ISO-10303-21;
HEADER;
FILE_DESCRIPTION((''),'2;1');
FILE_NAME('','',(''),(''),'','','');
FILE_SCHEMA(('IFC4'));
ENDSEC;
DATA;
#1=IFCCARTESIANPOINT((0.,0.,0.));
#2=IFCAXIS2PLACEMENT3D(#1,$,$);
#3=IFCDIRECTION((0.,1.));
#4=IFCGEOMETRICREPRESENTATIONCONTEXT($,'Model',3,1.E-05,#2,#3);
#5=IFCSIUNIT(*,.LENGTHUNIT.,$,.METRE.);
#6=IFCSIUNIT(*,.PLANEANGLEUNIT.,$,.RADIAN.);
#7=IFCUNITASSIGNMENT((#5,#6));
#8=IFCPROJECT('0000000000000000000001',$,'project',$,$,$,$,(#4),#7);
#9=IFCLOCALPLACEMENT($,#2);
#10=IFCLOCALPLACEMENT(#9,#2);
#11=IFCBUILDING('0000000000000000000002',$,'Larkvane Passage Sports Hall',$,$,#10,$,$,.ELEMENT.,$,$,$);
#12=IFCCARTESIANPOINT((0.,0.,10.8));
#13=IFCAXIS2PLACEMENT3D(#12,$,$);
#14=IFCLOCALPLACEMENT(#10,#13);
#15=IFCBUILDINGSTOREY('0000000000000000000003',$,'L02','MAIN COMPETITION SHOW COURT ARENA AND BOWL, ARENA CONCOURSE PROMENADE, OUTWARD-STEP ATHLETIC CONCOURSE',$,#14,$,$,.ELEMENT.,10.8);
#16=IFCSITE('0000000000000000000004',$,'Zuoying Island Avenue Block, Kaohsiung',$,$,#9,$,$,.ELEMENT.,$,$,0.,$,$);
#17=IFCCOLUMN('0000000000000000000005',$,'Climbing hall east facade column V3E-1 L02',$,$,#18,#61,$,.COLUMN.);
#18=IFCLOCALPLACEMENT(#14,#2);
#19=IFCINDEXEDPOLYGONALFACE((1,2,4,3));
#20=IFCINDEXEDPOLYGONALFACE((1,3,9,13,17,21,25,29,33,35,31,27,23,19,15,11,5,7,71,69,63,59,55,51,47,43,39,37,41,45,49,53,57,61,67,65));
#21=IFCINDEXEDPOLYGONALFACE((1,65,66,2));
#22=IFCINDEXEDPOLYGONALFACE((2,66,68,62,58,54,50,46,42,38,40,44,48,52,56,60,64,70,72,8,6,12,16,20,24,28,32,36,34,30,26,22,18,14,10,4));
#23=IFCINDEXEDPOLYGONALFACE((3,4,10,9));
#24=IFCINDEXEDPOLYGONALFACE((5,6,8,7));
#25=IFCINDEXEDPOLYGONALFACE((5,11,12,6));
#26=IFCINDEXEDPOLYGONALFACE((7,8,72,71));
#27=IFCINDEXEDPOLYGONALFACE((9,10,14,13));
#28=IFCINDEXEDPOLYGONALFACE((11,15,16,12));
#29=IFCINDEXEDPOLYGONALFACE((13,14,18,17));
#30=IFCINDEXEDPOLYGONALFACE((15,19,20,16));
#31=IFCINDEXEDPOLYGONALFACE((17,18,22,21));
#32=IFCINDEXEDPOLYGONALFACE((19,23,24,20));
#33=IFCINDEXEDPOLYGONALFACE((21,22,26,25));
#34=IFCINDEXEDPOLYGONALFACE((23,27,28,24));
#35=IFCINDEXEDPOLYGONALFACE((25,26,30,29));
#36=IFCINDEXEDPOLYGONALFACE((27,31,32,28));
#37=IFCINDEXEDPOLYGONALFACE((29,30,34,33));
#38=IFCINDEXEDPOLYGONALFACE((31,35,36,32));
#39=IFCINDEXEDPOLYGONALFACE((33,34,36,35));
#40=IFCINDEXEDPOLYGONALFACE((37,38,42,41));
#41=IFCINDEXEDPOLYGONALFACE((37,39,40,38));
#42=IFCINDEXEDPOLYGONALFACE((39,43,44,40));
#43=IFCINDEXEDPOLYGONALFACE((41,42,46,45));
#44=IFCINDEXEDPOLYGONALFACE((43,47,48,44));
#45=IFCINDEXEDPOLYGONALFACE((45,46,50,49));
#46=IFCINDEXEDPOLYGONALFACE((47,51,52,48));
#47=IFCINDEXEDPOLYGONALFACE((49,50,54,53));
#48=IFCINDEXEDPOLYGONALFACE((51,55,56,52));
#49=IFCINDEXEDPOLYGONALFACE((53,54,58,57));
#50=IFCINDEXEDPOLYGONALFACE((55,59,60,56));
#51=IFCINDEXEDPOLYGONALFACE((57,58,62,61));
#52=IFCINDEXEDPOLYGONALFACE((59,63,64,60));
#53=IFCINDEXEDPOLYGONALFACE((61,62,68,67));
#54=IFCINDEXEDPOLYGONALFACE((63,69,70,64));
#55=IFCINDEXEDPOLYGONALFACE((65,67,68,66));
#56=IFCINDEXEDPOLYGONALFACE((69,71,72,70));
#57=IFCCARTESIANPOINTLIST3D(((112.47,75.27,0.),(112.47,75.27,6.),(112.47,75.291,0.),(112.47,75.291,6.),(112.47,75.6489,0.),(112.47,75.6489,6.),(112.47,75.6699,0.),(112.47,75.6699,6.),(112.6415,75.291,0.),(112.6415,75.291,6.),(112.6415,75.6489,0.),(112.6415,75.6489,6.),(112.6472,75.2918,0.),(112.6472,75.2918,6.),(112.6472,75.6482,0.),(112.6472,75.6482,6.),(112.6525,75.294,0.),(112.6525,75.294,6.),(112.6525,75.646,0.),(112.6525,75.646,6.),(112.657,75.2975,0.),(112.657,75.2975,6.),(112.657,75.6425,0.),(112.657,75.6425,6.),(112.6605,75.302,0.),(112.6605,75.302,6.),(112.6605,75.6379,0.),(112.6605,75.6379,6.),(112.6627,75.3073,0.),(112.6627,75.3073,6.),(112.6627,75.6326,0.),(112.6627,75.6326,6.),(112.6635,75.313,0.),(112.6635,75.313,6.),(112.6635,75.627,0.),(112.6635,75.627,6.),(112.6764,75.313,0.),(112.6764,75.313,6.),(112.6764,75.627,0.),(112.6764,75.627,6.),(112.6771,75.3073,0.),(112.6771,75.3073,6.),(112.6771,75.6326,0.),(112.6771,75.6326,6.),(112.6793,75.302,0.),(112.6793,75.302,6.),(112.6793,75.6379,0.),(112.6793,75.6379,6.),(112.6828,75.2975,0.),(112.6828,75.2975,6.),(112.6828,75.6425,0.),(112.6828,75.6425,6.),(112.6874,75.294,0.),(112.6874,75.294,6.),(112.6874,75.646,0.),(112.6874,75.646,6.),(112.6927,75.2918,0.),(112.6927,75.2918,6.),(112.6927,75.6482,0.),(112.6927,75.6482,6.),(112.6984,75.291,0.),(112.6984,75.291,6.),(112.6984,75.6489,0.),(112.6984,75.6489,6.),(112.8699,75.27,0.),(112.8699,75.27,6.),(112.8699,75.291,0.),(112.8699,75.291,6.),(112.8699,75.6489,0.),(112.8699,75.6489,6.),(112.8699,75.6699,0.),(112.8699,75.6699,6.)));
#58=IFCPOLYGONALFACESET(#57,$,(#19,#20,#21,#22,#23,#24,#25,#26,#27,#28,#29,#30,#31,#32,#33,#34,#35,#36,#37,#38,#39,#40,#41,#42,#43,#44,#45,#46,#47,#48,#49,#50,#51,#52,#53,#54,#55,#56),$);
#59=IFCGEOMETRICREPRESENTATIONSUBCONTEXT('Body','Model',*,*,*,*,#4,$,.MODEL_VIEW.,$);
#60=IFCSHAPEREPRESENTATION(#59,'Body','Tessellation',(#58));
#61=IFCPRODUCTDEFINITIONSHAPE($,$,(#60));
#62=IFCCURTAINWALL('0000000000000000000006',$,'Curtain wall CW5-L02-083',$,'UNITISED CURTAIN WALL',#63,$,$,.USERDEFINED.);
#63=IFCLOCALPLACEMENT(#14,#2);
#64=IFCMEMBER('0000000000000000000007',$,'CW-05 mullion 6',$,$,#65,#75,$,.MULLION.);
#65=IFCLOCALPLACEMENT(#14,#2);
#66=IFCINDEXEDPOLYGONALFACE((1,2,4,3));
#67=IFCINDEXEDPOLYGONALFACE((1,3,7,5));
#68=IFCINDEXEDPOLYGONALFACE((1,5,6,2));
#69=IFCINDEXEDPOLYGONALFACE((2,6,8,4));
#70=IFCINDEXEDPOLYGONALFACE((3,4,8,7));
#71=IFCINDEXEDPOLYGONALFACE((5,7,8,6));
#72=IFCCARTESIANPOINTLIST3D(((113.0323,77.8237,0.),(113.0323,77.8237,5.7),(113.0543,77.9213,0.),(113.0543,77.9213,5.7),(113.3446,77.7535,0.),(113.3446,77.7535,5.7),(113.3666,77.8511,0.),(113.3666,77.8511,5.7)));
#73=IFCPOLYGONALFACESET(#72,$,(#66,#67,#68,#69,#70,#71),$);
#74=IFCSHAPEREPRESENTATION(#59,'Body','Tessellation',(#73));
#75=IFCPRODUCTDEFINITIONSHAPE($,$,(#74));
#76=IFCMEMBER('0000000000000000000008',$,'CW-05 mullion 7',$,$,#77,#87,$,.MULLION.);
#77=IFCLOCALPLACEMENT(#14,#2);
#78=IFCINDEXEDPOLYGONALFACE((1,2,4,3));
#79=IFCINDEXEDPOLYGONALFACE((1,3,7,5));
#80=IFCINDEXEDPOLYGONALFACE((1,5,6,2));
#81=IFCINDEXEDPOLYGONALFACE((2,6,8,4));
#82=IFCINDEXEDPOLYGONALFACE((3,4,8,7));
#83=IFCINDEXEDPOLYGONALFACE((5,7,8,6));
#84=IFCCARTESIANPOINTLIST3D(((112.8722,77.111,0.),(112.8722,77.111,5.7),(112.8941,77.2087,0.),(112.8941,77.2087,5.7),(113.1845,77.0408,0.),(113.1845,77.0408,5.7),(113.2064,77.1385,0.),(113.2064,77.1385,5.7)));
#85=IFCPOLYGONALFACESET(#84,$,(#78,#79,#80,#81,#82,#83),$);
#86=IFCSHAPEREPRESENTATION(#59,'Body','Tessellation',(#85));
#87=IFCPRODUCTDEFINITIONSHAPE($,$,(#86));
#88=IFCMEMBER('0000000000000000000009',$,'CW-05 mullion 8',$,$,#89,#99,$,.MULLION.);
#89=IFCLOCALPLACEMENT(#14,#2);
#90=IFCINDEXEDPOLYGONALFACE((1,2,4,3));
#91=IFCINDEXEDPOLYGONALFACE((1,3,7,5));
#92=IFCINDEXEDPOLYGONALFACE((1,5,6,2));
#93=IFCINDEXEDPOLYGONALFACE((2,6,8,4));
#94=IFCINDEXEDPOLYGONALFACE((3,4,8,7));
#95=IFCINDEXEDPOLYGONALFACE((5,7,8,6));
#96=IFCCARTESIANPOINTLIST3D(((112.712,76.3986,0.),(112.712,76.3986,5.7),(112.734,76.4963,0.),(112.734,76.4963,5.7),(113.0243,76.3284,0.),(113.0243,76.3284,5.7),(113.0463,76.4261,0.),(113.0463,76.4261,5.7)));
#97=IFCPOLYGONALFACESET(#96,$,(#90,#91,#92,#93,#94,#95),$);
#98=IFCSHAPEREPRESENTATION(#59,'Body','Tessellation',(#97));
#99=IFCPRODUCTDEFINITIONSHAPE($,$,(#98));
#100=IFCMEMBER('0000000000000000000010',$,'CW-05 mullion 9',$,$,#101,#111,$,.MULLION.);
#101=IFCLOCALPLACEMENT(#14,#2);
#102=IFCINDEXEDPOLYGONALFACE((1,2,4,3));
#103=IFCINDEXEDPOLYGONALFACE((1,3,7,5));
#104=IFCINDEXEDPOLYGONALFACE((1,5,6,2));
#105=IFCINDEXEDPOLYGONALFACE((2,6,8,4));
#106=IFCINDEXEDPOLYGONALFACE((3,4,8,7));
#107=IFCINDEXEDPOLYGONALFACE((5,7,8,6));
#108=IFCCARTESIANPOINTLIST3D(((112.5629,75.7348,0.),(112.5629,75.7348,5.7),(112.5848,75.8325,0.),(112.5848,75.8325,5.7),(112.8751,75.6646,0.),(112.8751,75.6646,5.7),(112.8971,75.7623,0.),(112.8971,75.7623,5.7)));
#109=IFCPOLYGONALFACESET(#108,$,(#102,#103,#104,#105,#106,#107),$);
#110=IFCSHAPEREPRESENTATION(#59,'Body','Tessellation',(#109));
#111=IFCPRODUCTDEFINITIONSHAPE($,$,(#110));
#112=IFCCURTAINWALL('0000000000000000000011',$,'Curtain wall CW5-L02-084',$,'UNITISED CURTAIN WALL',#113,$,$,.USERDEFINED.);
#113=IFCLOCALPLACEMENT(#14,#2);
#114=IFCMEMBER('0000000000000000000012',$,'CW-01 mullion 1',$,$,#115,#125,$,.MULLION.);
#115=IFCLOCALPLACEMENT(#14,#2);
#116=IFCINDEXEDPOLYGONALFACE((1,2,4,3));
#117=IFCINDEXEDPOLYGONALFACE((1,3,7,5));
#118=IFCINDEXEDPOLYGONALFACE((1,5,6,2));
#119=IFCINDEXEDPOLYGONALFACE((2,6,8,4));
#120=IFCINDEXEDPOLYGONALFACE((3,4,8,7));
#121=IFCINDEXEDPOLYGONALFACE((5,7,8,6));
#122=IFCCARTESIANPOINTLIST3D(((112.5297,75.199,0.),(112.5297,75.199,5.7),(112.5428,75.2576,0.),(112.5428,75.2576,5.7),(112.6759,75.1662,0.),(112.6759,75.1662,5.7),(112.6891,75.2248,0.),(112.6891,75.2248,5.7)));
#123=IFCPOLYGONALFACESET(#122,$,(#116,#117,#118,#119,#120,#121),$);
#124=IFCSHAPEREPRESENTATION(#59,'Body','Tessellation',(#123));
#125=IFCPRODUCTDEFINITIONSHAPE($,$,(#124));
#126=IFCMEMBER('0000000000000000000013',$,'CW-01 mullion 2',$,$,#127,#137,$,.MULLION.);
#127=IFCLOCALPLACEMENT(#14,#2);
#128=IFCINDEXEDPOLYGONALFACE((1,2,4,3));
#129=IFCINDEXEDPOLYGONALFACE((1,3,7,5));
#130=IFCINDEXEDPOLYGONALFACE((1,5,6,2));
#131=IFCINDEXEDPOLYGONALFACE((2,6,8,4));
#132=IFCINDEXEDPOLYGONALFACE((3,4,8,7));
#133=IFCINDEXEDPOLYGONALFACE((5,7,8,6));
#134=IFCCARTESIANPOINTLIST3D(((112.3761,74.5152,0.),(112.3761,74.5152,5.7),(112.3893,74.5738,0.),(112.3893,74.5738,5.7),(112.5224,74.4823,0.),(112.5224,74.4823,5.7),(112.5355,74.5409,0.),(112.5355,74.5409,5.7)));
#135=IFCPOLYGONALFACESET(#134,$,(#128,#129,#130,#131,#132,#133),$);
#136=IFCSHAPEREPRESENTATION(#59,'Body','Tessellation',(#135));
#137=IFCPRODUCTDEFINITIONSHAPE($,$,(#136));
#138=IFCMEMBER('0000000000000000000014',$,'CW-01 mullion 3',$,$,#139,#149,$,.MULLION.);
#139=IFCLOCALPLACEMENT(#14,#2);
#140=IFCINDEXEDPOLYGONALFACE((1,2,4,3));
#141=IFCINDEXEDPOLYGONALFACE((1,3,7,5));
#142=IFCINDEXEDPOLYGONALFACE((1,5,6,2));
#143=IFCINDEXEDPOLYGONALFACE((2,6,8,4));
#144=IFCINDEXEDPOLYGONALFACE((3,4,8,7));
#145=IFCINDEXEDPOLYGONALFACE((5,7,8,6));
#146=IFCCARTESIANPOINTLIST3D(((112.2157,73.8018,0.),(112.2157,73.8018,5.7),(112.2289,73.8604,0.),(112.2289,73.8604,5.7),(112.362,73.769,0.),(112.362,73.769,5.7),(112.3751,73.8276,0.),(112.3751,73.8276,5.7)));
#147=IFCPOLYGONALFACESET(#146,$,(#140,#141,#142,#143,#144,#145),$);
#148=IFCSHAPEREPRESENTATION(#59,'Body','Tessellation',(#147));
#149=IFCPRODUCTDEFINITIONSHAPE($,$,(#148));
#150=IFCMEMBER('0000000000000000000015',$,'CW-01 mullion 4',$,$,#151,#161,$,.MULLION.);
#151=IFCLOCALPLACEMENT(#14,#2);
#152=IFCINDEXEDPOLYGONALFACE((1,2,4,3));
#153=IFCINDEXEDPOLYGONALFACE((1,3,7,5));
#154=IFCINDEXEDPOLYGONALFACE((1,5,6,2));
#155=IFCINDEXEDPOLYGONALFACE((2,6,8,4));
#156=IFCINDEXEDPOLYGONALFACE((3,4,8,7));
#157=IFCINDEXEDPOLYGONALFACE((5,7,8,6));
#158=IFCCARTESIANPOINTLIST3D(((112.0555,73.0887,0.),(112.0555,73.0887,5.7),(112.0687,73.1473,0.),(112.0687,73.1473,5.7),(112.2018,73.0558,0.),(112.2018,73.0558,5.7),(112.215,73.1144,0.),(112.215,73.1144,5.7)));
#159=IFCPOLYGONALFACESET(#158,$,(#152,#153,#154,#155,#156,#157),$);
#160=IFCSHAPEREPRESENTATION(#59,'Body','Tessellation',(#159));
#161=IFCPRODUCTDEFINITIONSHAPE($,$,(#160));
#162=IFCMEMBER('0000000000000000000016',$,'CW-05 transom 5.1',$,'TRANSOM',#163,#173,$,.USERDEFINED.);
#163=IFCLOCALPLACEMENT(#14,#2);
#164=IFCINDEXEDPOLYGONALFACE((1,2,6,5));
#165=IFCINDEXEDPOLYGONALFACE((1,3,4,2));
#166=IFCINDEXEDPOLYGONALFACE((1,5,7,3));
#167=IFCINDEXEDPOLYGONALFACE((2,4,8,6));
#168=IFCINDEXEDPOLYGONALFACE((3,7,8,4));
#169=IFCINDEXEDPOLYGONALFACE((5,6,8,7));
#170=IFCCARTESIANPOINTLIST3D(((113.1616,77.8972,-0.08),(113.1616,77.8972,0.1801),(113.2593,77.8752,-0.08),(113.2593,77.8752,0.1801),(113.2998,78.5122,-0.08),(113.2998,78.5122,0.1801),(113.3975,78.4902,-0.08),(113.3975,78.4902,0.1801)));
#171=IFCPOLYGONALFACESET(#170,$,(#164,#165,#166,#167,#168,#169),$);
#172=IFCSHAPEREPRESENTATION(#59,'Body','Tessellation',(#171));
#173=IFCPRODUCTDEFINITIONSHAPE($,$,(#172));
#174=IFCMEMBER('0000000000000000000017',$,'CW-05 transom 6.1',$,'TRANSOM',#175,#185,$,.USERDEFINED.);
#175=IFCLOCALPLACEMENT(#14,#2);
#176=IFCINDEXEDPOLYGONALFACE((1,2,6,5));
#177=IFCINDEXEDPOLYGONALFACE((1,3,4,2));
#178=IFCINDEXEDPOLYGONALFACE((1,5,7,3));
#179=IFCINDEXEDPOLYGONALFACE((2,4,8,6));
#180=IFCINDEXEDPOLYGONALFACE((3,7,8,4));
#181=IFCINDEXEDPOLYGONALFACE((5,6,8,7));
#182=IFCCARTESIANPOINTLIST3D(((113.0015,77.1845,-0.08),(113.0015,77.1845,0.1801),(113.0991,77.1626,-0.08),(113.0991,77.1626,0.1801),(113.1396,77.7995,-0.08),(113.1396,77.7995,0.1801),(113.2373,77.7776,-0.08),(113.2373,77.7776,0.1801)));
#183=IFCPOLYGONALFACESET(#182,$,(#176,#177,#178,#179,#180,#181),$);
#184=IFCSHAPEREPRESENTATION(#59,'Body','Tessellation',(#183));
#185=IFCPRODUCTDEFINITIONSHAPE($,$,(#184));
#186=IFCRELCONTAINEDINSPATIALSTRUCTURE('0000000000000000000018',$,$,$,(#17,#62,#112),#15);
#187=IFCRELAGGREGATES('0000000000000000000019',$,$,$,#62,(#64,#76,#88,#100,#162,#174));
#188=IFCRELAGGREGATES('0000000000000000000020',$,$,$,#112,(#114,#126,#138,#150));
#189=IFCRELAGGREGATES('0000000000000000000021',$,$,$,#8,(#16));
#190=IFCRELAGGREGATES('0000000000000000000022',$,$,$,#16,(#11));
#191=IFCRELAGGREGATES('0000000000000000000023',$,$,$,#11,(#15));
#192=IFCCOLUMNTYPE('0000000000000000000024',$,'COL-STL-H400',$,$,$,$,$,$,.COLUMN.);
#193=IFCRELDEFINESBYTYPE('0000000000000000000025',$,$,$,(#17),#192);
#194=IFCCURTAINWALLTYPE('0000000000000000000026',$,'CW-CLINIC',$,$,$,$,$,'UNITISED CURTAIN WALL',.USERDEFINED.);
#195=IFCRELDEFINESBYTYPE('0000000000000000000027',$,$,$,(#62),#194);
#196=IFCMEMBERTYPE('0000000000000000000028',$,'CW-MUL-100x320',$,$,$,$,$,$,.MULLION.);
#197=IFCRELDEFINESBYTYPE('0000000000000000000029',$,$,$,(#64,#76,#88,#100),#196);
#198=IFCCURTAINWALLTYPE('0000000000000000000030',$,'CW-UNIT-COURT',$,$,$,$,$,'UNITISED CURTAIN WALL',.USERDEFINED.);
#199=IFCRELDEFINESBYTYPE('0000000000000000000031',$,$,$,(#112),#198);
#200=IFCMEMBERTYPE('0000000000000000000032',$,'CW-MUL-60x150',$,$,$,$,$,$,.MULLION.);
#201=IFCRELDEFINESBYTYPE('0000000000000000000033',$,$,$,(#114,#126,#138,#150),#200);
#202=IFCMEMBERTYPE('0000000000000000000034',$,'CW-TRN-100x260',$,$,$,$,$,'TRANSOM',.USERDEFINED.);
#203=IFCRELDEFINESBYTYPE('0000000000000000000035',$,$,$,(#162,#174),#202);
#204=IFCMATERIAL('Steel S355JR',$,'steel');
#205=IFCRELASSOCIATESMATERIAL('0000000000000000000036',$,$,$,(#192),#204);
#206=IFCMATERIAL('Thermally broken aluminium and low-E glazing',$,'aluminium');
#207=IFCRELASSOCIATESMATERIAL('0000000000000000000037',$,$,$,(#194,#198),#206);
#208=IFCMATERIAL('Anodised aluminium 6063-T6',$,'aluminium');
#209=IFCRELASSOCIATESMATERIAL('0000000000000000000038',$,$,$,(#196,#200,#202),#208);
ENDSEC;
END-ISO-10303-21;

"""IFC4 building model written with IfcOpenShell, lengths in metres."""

from ifc_helpers import new_model, si_unit, direction, frame, origin, origin_2d, place, context, subcontext, project, spatial, rectangle, i_section, extrude, material, material_profile, profile_set, type_object, element, aggregate, save


model = new_model("IFC4")

# Units and contexts
model_context = context("Model", 3, precision=1e-05, world=origin(), true_north=direction((0.0, 1.0)))
body_context = subcontext(model_context, "Body", "Model", "MODEL_VIEW")
ifc_project = project(units=[si_unit("LENGTHUNIT", "METRE"), si_unit("PLANEANGLEUNIT", "RADIAN")], contexts=[model_context])

# Site, building, storey
site_placement = place(None, origin())
site = spatial("IfcSite", under=ifc_project, at=site_placement, Name="Zuoying Island Avenue Block, Kaohsiung", CompositionType="ELEMENT", RefElevation=0.0)
building_placement = place(site_placement, origin())
building = spatial("IfcBuilding", under=site, at=building_placement, Name="Larkvane Passage Sports Hall", CompositionType="ELEMENT")
storey_placement = place(building_placement, frame((0.0, 0.0, 10.8)))
storey = spatial("IfcBuildingStorey", under=building, at=storey_placement, Name="L02", Description="MAIN COMPETITION SHOW COURT ARENA AND BOWL, ARENA CONCOURSE PROMENADE, OUTWARD-STEP ATHLETIC CONCOURSE", CompositionType="ELEMENT", Elevation=10.8)

# Column
ifc_material_1 = material(Name="Steel S355JR", Category="steel")
ifc_material_profile_1 = material_profile(ifc_material_1, i_section(OverallWidth=0.3999, OverallDepth=0.3999, WebThickness=0.0129, FlangeThickness=0.021, FilletRadius=0.022, at=origin_2d()), Name="H-400x400x13x21")
ifc_profile_set_1 = profile_set([ifc_material_profile_1], Name="Steel S355JR")
column_type = type_object("IfcColumnType", Name="COL-STL-H400", PredefinedType="COLUMN", material=ifc_profile_set_1)
column_placement = place(storey_placement, frame((112.6699, 75.47, 0.0), z_axis=(0.0, 0.0, 1.0), x_axis=(1.0, 0.0, 0.0)))
element("IfcColumn", 1, at=column_placement, inside=storey, type_object=column_type, Name="Climbing hall east facade column V3E-1 L02", PredefinedType="COLUMN", context=body_context, shape_type="SweptSolid", body=[
    extrude(i_section(OverallWidth=0.3999, OverallDepth=0.3999, WebThickness=0.0129, FlangeThickness=0.021, FilletRadius=0.022, at=origin_2d()), origin(), (0.0, 0.0, 1.0), 6.0),
])

# Curtain walls, members
ifc_material_2 = material(Name="Thermally broken aluminium and low-E glazing", Category="aluminium")
curtain_wall_type_1 = type_object("IfcCurtainWallType", Name="CW-CLINIC", ElementType="UNITISED CURTAIN WALL", PredefinedType="USERDEFINED", material=ifc_material_2)
curtain_wall_1_placement = place(storey_placement, origin())
curtain_wall_1 = element("IfcCurtainWall", 2, at=curtain_wall_1_placement, inside=storey, type_object=curtain_wall_type_1, Name="Curtain wall CW5-L02-083", ObjectType="UNITISED CURTAIN WALL", PredefinedType="USERDEFINED")
ifc_material_3 = material(Name="Anodised aluminium 6063-T6", Category="aluminium")
ifc_material_profile_2 = material_profile(ifc_material_3, rectangle(XDim=0.1001, YDim=0.3201, at=origin_2d()), Name="ALU-MUL-100x320")
ifc_profile_set_2 = profile_set([ifc_material_profile_2], Name="Anodised aluminium 6063-T6")
member_type_1 = type_object("IfcMemberType", Name="CW-MUL-100x320", PredefinedType="MULLION", material=ifc_profile_set_2)
member_1_placement = place(storey_placement, frame((113.1995, 77.8374, 0.0), z_axis=(0.0, 0.0, 1.0), x_axis=(-0.219244, -0.97567, 0.0)))
member_1 = element("IfcMember", 3, at=member_1_placement, type_object=member_type_1, Name="CW-05 mullion 6", PredefinedType="MULLION", context=body_context, shape_type="SweptSolid", body=[
    extrude(rectangle(XDim=0.1001, YDim=0.3201, at=origin_2d()), origin(), (0.0, 0.0, 1.0), 5.7),
])
member_2_placement = place(storey_placement, frame((113.0393, 77.1248, 0.0), z_axis=(0.0, 0.0, 1.0), x_axis=(-0.219244, -0.97567, 0.0)))
member_2 = element("IfcMember", 4, at=member_2_placement, type_object=member_type_1, Name="CW-05 mullion 7", PredefinedType="MULLION", context=body_context, shape_type="SweptSolid", body=[
    extrude(rectangle(XDim=0.1001, YDim=0.3201, at=origin_2d()), origin(), (0.0, 0.0, 1.0), 5.7),
])
member_3_placement = place(storey_placement, frame((112.8792, 76.4124, 0.0), z_axis=(0.0, 0.0, 1.0), x_axis=(-0.219244, -0.97567, 0.0)))
member_3 = element("IfcMember", 5, at=member_3_placement, type_object=member_type_1, Name="CW-05 mullion 8", PredefinedType="MULLION", context=body_context, shape_type="SweptSolid", body=[
    extrude(rectangle(XDim=0.1001, YDim=0.3201, at=origin_2d()), origin(), (0.0, 0.0, 1.0), 5.7),
])
member_4_placement = place(storey_placement, frame((112.73, 75.7485, 0.0), z_axis=(0.0, 0.0, 1.0), x_axis=(-0.219244, -0.97567, 0.0)))
member_4 = element("IfcMember", 6, at=member_4_placement, type_object=member_type_1, Name="CW-05 mullion 9", PredefinedType="MULLION", context=body_context, shape_type="SweptSolid", body=[
    extrude(rectangle(XDim=0.1001, YDim=0.3201, at=origin_2d()), origin(), (0.0, 0.0, 1.0), 5.7),
])
curtain_wall_type_2 = type_object("IfcCurtainWallType", Name="CW-UNIT-COURT", ElementType="UNITISED CURTAIN WALL", PredefinedType="USERDEFINED", material=ifc_material_2)
curtain_wall_2_placement = place(storey_placement, origin())
curtain_wall_2 = element("IfcCurtainWall", 7, at=curtain_wall_2_placement, inside=storey, type_object=curtain_wall_type_2, Name="Curtain wall CW5-L02-084", ObjectType="UNITISED CURTAIN WALL", PredefinedType="USERDEFINED")
ifc_material_profile_3 = material_profile(ifc_material_3, rectangle(XDim=0.0601, YDim=0.1499, at=origin_2d()), Name="ALU-MUL-60x150")
ifc_profile_set_3 = profile_set([ifc_material_profile_3], Name="Anodised aluminium 6063-T6")
member_type_2 = type_object("IfcMemberType", Name="CW-MUL-60x150", PredefinedType="MULLION", material=ifc_profile_set_3)
member_5_placement = place(storey_placement, frame((112.6094, 75.2119, 0.0), z_axis=(0.0, 0.0, 1.0), x_axis=(-0.219244, -0.97567, 0.0)))
member_5 = element("IfcMember", 8, at=member_5_placement, type_object=member_type_2, Name="CW-01 mullion 1", PredefinedType="MULLION", context=body_context, shape_type="SweptSolid", body=[
    extrude(rectangle(XDim=0.0601, YDim=0.1499, at=origin_2d()), origin(), (0.0, 0.0, 1.0), 5.7),
])
member_6_placement = place(storey_placement, frame((112.4558, 74.5281, 0.0), z_axis=(0.0, 0.0, 1.0), x_axis=(-0.219244, -0.97567, 0.0)))
member_6 = element("IfcMember", 9, at=member_6_placement, type_object=member_type_2, Name="CW-01 mullion 2", PredefinedType="MULLION", context=body_context, shape_type="SweptSolid", body=[
    extrude(rectangle(XDim=0.0601, YDim=0.1499, at=origin_2d()), origin(), (0.0, 0.0, 1.0), 5.7),
])
member_7_placement = place(storey_placement, frame((112.2954, 73.8147, 0.0), z_axis=(0.0, 0.0, 1.0), x_axis=(-0.219244, -0.97567, 0.0)))
member_7 = element("IfcMember", 10, at=member_7_placement, type_object=member_type_2, Name="CW-01 mullion 3", PredefinedType="MULLION", context=body_context, shape_type="SweptSolid", body=[
    extrude(rectangle(XDim=0.0601, YDim=0.1499, at=origin_2d()), origin(), (0.0, 0.0, 1.0), 5.7),
])
member_8_placement = place(storey_placement, frame((112.1353, 73.1016, 0.0), z_axis=(0.0, 0.0, 1.0), x_axis=(-0.219244, -0.97567, 0.0)))
member_8 = element("IfcMember", 11, at=member_8_placement, type_object=member_type_2, Name="CW-01 mullion 4", PredefinedType="MULLION", context=body_context, shape_type="SweptSolid", body=[
    extrude(rectangle(XDim=0.0601, YDim=0.1499, at=origin_2d()), origin(), (0.0, 0.0, 1.0), 5.7),
])

# Members
ifc_material_profile_4 = material_profile(ifc_material_3, rectangle(XDim=0.1001, YDim=0.26, at=origin_2d()), Name="ALU-TRN-100x260")
ifc_profile_set_4 = profile_set([ifc_material_profile_4], Name="Anodised aluminium 6063-T6")
member_type_3 = type_object("IfcMemberType", Name="CW-TRN-100x260", ElementType="TRANSOM", PredefinedType="USERDEFINED", material=ifc_profile_set_4)
member_9_placement = place(storey_placement, frame((113.3486, 78.5012, 0.05), z_axis=(-0.219226, -0.975674, 0.0), x_axis=(0.975674, -0.219226, 0.0)))
member_9 = element("IfcMember", 12, at=member_9_placement, type_object=member_type_3, Name="CW-05 transom 5.1", ObjectType="TRANSOM", PredefinedType="USERDEFINED", context=body_context, shape_type="SweptSolid", body=[
    extrude(rectangle(XDim=0.1001, YDim=0.26, at=origin_2d()), origin(), (0.0, 0.0, 1.0), 0.6304),
])
member_10_placement = place(storey_placement, frame((113.1885, 77.7886, 0.05), z_axis=(-0.219226, -0.975674, 0.0), x_axis=(0.975674, -0.219226, 0.0)))
member_10 = element("IfcMember", 13, at=member_10_placement, type_object=member_type_3, Name="CW-05 transom 6.1", ObjectType="TRANSOM", PredefinedType="USERDEFINED", context=body_context, shape_type="SweptSolid", body=[
    extrude(rectangle(XDim=0.1001, YDim=0.26, at=origin_2d()), origin(), (0.0, 0.0, 1.0), 0.6304),
])

aggregate(curtain_wall_1, [member_1, member_2, member_3, member_4, member_9, member_10])
aggregate(curtain_wall_2, [member_5, member_6, member_7, member_8])

save(model, "model.ifc")
